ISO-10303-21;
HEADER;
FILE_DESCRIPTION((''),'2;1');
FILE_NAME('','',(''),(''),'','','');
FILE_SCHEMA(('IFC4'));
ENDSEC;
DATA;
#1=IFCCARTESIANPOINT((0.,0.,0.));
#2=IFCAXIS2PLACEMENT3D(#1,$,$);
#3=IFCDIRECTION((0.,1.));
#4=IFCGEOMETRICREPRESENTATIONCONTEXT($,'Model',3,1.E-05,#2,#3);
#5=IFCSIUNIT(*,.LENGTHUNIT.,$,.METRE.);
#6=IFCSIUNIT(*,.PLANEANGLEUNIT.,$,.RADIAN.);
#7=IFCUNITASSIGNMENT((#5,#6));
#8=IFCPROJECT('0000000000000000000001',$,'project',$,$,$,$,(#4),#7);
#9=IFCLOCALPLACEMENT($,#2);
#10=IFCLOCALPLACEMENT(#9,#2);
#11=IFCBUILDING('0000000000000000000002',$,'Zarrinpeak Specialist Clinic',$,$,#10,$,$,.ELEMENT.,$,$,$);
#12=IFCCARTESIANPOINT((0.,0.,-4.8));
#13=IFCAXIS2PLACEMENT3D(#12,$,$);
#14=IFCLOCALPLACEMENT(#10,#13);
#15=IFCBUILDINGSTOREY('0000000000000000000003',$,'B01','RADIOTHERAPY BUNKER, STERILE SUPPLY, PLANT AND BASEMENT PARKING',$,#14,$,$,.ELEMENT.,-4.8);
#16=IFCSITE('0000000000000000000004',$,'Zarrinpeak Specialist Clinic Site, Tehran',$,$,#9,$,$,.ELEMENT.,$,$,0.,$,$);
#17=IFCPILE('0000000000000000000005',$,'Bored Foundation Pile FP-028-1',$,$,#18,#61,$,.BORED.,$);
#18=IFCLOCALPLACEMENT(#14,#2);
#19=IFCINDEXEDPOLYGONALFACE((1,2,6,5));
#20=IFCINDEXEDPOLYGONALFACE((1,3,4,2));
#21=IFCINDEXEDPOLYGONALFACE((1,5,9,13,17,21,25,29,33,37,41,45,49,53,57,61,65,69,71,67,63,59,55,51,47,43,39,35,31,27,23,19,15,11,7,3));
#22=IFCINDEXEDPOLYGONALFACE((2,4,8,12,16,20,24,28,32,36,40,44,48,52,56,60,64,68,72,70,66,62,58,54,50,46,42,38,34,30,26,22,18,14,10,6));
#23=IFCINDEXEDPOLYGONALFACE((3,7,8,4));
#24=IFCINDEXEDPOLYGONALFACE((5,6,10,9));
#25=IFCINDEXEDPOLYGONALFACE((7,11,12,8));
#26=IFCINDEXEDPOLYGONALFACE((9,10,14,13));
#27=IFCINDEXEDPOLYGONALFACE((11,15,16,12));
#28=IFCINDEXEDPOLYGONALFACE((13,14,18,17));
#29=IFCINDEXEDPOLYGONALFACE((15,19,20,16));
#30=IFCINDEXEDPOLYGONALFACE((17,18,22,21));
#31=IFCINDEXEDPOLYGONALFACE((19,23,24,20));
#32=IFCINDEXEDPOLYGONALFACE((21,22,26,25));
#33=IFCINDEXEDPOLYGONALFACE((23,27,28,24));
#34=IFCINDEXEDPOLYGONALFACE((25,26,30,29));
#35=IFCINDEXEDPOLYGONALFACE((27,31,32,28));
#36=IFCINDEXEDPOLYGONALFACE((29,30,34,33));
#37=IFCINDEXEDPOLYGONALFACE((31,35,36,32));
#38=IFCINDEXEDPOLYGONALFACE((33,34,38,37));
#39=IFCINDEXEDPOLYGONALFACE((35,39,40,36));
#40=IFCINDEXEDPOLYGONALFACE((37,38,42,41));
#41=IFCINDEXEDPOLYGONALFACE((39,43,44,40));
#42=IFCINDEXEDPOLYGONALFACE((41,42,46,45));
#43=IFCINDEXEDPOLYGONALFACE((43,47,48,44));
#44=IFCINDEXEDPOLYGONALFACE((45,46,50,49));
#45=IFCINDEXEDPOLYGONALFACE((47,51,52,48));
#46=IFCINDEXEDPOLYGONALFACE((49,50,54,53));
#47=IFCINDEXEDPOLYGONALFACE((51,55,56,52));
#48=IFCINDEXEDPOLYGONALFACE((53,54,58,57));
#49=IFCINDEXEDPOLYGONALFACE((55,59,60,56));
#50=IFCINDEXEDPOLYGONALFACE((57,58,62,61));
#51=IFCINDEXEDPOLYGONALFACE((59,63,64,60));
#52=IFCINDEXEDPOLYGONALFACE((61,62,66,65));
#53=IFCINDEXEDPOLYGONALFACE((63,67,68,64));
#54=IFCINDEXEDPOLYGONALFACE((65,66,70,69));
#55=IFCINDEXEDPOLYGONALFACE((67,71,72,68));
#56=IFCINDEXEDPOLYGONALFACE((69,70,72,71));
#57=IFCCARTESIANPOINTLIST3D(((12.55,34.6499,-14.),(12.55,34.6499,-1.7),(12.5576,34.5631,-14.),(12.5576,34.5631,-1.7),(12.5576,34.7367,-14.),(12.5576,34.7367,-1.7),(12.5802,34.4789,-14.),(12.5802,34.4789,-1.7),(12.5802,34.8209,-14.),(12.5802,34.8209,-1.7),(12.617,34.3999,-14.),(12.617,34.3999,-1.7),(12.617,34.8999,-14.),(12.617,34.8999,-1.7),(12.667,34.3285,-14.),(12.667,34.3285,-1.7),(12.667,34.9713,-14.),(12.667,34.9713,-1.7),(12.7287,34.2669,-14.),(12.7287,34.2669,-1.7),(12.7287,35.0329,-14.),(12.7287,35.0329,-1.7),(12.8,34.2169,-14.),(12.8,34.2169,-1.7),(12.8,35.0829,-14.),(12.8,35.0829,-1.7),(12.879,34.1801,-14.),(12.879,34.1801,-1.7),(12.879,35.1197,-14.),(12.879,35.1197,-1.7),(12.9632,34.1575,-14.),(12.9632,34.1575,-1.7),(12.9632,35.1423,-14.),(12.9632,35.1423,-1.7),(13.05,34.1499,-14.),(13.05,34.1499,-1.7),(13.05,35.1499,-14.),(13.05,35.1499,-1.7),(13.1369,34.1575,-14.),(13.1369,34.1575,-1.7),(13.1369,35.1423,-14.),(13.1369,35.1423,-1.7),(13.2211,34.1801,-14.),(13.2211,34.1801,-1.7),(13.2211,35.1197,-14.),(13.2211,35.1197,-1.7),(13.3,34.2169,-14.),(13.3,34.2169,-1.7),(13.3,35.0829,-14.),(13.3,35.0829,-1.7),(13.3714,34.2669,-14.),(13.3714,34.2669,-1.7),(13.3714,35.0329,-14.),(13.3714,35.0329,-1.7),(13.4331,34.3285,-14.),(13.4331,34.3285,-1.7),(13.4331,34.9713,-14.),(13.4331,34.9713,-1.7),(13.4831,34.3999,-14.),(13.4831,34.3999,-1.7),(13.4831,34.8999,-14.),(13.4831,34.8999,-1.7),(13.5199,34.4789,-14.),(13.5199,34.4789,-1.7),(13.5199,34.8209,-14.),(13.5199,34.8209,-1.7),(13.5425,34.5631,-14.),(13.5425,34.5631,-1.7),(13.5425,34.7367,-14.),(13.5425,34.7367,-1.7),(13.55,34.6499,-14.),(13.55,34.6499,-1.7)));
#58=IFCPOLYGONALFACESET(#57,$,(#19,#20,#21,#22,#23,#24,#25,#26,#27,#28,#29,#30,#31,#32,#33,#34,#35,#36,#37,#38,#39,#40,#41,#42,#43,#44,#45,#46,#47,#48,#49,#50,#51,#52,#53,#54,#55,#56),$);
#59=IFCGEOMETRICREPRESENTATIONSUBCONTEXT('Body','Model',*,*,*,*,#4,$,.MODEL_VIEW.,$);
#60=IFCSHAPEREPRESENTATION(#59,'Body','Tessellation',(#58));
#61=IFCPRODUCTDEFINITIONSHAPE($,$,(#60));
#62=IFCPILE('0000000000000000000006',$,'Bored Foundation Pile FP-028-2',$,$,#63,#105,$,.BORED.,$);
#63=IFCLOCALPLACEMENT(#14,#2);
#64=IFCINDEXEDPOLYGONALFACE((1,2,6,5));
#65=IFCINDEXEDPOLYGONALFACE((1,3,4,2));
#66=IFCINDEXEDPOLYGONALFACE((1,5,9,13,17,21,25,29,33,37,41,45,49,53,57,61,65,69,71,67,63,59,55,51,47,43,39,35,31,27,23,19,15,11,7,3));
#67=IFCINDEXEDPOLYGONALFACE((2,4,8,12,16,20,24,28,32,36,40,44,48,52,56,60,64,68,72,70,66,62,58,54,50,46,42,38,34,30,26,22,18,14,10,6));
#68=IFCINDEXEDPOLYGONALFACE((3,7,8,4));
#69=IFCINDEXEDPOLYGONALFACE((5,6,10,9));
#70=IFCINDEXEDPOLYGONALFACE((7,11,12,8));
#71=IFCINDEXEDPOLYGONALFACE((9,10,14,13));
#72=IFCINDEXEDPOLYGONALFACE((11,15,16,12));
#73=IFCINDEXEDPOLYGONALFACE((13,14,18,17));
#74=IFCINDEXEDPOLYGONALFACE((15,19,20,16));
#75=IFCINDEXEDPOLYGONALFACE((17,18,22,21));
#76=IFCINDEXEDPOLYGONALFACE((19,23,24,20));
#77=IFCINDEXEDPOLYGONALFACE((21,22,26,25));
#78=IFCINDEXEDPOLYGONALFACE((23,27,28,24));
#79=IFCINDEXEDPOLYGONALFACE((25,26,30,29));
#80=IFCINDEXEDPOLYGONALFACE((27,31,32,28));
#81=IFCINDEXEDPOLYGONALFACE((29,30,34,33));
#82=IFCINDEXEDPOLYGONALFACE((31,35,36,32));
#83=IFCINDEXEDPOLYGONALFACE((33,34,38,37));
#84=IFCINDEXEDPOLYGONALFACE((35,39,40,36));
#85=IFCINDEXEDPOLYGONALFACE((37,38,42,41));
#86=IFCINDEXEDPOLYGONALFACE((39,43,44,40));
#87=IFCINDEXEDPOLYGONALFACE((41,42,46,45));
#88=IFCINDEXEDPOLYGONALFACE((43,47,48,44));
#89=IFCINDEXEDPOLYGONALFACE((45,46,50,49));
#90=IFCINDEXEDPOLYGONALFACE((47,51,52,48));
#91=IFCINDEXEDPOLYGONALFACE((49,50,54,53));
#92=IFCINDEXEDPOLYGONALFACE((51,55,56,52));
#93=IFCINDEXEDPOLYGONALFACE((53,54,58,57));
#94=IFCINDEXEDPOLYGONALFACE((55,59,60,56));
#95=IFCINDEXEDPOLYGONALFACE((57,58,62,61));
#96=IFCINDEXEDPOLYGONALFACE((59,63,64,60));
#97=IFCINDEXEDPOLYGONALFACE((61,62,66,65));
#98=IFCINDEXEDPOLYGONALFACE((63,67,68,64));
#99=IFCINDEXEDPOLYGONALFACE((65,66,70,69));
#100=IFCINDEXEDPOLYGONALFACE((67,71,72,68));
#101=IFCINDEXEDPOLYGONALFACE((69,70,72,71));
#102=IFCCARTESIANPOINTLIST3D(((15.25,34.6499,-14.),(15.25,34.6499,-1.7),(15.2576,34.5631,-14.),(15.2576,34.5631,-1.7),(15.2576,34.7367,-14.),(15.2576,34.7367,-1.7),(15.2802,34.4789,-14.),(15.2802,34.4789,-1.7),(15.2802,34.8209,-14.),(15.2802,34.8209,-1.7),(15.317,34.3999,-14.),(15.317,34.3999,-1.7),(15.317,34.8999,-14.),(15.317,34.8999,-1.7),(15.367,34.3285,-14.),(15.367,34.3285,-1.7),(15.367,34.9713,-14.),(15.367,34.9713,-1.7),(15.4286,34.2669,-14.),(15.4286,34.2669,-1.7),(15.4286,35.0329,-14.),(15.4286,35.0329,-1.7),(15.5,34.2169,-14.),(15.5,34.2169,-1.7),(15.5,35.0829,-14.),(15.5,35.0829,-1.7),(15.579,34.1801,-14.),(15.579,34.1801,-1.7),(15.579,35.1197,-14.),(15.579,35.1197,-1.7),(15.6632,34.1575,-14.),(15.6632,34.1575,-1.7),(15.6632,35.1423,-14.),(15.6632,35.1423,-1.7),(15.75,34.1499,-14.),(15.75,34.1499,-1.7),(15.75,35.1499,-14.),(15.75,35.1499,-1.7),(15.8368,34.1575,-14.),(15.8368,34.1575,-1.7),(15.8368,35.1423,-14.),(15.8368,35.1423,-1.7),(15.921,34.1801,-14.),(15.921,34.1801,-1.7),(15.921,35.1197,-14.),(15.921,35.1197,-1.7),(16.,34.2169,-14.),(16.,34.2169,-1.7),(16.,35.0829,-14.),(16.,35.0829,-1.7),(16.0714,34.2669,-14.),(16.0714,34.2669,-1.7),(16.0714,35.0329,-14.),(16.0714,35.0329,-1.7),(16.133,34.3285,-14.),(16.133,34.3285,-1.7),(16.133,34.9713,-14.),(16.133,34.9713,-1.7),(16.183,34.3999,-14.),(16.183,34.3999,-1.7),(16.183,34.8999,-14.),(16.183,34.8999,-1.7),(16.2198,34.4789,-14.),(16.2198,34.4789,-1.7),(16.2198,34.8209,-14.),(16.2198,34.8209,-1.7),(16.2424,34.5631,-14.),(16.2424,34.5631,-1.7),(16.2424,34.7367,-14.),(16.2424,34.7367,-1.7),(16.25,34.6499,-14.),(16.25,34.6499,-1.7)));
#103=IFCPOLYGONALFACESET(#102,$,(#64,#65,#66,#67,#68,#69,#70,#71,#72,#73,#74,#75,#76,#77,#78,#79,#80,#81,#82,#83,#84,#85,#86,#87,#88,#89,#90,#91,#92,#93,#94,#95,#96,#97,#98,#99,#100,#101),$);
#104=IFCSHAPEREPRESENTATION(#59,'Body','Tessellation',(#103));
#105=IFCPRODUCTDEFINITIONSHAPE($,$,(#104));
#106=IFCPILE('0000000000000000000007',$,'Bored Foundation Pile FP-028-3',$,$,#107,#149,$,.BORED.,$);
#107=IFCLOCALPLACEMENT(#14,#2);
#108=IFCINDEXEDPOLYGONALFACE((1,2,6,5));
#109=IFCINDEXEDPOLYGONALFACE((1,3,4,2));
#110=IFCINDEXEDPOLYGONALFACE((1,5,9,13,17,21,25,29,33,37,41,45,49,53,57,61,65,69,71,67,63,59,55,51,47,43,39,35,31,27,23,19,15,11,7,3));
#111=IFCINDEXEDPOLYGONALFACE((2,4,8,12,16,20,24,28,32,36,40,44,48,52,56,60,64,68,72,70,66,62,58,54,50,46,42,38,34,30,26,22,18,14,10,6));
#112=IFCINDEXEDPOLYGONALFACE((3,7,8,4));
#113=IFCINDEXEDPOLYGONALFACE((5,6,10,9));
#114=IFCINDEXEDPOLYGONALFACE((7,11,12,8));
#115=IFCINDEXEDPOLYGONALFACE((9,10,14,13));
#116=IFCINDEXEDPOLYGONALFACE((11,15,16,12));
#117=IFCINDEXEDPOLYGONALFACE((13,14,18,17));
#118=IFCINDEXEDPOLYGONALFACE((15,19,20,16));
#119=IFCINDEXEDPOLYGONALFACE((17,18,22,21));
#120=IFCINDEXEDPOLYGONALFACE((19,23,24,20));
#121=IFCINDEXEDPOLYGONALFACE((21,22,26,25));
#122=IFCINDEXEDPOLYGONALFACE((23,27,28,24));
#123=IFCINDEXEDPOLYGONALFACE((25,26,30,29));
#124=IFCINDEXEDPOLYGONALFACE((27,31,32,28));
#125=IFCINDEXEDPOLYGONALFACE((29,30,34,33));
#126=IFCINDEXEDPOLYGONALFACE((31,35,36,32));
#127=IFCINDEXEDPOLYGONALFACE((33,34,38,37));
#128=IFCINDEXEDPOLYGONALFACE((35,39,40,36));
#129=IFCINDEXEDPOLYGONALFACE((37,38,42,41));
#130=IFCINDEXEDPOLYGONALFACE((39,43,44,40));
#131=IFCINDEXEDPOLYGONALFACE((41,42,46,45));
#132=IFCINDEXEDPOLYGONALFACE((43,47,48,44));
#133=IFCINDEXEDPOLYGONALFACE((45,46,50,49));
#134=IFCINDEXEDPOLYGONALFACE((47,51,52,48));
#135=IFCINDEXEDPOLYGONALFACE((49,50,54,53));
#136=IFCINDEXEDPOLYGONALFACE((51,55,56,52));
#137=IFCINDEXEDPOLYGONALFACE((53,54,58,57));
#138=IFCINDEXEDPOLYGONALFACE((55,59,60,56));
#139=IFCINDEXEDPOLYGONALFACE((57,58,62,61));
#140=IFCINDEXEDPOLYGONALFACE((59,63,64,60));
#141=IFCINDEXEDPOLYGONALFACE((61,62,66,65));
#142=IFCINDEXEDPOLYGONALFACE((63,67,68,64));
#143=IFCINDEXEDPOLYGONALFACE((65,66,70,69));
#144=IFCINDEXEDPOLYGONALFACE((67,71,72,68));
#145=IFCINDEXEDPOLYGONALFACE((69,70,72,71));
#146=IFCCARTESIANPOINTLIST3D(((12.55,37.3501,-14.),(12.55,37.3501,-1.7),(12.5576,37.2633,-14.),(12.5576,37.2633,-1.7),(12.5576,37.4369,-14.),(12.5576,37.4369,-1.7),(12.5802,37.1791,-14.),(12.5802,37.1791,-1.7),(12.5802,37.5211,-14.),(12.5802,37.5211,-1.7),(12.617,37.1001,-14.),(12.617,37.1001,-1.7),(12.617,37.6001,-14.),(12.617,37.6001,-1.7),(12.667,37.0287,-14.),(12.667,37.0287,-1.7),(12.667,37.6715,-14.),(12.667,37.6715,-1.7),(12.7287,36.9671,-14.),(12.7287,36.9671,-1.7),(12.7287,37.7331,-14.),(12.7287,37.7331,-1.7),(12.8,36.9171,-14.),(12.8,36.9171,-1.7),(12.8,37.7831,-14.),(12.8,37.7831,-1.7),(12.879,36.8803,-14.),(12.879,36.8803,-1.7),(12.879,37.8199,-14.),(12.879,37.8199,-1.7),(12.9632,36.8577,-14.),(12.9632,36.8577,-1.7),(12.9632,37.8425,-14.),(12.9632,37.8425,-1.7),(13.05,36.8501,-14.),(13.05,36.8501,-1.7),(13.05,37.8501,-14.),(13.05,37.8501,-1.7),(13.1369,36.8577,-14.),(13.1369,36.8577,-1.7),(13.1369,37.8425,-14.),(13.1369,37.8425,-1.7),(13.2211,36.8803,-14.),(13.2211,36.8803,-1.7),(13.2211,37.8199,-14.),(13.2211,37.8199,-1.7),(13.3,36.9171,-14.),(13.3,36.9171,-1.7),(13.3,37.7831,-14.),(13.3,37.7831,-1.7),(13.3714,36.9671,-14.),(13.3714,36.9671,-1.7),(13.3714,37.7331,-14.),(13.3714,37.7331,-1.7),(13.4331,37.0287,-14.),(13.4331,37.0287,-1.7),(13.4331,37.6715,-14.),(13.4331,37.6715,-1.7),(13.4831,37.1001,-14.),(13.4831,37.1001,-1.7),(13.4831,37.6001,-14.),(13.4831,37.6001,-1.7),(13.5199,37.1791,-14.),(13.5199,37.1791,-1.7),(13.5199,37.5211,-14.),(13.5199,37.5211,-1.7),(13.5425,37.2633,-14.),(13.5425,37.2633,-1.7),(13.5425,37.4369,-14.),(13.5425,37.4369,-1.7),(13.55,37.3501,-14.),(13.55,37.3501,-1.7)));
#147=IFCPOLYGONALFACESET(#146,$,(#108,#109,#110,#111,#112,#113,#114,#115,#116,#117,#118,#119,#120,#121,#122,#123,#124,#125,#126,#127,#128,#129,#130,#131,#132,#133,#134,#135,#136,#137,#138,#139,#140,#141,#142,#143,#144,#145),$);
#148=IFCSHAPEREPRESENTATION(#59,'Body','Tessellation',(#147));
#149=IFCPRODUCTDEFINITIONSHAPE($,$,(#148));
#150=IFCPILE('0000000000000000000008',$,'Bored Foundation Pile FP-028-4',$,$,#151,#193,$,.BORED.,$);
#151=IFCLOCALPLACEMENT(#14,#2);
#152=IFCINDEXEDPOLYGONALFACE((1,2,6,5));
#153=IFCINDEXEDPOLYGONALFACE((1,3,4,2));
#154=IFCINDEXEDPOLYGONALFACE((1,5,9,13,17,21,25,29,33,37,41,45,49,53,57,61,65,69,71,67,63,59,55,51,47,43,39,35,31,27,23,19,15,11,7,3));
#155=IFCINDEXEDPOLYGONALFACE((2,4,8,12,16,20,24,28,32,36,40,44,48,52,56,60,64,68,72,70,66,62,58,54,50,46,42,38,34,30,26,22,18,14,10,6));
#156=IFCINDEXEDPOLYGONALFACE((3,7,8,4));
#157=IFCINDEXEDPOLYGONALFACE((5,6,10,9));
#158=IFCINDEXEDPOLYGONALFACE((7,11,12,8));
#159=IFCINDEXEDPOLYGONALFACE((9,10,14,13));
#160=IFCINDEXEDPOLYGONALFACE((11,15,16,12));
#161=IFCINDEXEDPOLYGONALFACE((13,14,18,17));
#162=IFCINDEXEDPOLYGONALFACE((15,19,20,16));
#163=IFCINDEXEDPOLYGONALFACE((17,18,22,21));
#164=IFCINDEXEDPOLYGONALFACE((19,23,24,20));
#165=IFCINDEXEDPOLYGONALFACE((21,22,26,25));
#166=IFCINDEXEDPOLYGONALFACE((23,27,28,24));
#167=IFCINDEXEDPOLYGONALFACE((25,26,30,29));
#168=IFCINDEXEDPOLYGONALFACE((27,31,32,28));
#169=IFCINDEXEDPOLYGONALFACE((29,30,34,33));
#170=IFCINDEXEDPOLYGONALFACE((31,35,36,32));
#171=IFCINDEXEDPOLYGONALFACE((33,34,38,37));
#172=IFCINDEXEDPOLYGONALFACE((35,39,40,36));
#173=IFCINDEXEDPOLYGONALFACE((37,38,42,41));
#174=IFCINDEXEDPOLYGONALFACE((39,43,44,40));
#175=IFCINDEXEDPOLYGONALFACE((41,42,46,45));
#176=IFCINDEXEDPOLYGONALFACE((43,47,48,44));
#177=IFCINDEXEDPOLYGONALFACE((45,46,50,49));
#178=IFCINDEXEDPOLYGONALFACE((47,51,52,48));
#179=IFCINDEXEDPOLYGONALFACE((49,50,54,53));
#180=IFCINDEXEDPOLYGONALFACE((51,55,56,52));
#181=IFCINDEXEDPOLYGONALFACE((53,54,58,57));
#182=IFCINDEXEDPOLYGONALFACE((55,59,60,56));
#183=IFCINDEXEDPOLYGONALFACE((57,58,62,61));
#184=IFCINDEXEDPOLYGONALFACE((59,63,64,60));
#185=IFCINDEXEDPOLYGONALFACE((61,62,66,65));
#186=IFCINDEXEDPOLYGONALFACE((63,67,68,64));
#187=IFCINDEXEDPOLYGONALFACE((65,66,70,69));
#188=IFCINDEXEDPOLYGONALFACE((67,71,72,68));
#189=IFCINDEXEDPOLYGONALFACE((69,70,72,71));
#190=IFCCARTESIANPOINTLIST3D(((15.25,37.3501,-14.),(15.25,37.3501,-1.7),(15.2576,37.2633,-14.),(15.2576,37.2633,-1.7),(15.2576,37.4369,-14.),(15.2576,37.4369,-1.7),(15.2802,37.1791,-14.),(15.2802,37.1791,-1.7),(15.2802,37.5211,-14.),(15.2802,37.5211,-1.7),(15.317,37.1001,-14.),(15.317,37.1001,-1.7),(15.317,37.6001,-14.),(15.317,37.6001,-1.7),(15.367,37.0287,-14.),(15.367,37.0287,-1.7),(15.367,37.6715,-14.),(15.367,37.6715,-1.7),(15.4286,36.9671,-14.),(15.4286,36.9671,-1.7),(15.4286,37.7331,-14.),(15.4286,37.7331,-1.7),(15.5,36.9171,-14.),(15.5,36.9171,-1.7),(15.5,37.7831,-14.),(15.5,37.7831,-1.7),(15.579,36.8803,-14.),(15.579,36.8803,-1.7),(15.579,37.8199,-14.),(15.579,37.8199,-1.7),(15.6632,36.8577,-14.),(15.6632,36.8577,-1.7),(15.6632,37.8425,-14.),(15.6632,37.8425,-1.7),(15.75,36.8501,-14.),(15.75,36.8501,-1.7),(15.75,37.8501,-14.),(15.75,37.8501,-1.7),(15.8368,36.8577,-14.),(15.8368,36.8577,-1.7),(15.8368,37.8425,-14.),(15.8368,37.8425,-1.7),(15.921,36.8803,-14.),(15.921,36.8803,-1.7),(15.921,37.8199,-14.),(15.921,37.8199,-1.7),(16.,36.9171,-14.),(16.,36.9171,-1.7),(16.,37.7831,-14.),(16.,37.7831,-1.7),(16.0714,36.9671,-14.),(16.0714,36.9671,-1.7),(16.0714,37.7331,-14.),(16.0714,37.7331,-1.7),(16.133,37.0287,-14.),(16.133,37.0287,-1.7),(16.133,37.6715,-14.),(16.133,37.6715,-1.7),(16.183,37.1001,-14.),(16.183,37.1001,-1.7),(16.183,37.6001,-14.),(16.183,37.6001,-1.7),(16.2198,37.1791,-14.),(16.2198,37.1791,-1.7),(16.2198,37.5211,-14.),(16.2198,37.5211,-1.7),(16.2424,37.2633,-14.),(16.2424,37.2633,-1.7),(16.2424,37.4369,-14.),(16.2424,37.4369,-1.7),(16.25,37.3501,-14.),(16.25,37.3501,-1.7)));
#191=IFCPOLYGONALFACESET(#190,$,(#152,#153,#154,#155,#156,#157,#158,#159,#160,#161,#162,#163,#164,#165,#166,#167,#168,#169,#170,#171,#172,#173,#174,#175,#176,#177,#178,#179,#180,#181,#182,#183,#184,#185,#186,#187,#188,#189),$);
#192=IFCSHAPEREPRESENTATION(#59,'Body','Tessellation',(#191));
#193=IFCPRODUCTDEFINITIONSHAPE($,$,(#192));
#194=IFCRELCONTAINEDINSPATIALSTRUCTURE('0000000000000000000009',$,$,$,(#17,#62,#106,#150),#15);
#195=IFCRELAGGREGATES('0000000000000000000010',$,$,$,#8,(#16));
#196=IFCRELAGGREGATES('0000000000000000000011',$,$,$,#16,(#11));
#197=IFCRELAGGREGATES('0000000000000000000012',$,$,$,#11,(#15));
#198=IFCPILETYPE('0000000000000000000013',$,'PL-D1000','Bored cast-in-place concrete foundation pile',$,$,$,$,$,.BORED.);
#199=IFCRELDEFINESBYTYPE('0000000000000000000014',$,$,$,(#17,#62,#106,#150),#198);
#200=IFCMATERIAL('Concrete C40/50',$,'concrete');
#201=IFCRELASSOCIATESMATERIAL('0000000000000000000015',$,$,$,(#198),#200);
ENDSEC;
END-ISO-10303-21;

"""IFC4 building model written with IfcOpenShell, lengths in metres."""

from ifc_helpers import new_model, si_unit, direction, frame, origin, origin_2d, place, context, subcontext, project, spatial, circle, extrude, material, material_profile, profile_set, type_object, element, save


model = new_model("IFC4")

# Units and contexts
model_context = context("Model", 3, precision=1e-05, world=origin(), true_north=direction((0.0, 1.0)))
body_context = subcontext(model_context, "Body", "Model", "MODEL_VIEW")
ifc_project = project(units=[si_unit("LENGTHUNIT", "METRE"), si_unit("PLANEANGLEUNIT", "RADIAN")], contexts=[model_context])

# Site, building, storey
site_placement = place(None, origin())
site = spatial("IfcSite", under=ifc_project, at=site_placement, Name="Zarrinpeak Specialist Clinic Site, Tehran", CompositionType="ELEMENT", RefElevation=0.0)
building_placement = place(site_placement, origin())
building = spatial("IfcBuilding", under=site, at=building_placement, Name="Zarrinpeak Specialist Clinic", CompositionType="ELEMENT")
storey_placement = place(building_placement, frame((0.0, 0.0, -4.8)))
storey = spatial("IfcBuildingStorey", under=building, at=storey_placement, Name="B01", Description="RADIOTHERAPY BUNKER, STERILE SUPPLY, PLANT AND BASEMENT PARKING", CompositionType="ELEMENT", Elevation=-4.8)

# Shared definitions
ifc_material_1 = material(Name="Concrete C40/50", Category="concrete")

# Piles
ifc_material_profile_1 = material_profile(ifc_material_1, circle(Radius=0.5, at=origin_2d()), Name="BORED PILE D1000")
ifc_profile_set_1 = profile_set([ifc_material_profile_1], Name="Concrete C40/50")
pile_type = type_object("IfcPileType", Name="PL-D1000", Description="Bored cast-in-place concrete foundation pile", PredefinedType="BORED", material=ifc_profile_set_1)
for number, where, z_axis, x_axis, name in (
    (1, (13.05, 34.6499, -1.7), (0.0, 0.0, -1.0), (1.0, 0.0, 0.0), "Bored Foundation Pile FP-028-1"),
    (2, (15.75, 34.6499, -1.7), (0.0, 0.0, -1.0), (1.0, 0.0, 0.0), "Bored Foundation Pile FP-028-2"),
    (3, (13.05, 37.3501, -1.7), (0.0, 0.0, -1.0), (1.0, 0.0, 0.0), "Bored Foundation Pile FP-028-3"),
    (4, (15.75, 37.3501, -1.7), (0.0, 0.0, -1.0), (1.0, 0.0, 0.0), "Bored Foundation Pile FP-028-4"),
):
    element("IfcPile", number, at=place(storey_placement, frame(where, z_axis=z_axis, x_axis=x_axis)), inside=storey, type_object=pile_type, Name=name, PredefinedType="BORED", context=body_context, shape_type="SweptSolid", body=[
        extrude(circle(Radius=0.5, at=origin_2d()), origin(), (0.0, 0.0, 1.0), 12.3),
    ])

save(model, "model.ifc")
